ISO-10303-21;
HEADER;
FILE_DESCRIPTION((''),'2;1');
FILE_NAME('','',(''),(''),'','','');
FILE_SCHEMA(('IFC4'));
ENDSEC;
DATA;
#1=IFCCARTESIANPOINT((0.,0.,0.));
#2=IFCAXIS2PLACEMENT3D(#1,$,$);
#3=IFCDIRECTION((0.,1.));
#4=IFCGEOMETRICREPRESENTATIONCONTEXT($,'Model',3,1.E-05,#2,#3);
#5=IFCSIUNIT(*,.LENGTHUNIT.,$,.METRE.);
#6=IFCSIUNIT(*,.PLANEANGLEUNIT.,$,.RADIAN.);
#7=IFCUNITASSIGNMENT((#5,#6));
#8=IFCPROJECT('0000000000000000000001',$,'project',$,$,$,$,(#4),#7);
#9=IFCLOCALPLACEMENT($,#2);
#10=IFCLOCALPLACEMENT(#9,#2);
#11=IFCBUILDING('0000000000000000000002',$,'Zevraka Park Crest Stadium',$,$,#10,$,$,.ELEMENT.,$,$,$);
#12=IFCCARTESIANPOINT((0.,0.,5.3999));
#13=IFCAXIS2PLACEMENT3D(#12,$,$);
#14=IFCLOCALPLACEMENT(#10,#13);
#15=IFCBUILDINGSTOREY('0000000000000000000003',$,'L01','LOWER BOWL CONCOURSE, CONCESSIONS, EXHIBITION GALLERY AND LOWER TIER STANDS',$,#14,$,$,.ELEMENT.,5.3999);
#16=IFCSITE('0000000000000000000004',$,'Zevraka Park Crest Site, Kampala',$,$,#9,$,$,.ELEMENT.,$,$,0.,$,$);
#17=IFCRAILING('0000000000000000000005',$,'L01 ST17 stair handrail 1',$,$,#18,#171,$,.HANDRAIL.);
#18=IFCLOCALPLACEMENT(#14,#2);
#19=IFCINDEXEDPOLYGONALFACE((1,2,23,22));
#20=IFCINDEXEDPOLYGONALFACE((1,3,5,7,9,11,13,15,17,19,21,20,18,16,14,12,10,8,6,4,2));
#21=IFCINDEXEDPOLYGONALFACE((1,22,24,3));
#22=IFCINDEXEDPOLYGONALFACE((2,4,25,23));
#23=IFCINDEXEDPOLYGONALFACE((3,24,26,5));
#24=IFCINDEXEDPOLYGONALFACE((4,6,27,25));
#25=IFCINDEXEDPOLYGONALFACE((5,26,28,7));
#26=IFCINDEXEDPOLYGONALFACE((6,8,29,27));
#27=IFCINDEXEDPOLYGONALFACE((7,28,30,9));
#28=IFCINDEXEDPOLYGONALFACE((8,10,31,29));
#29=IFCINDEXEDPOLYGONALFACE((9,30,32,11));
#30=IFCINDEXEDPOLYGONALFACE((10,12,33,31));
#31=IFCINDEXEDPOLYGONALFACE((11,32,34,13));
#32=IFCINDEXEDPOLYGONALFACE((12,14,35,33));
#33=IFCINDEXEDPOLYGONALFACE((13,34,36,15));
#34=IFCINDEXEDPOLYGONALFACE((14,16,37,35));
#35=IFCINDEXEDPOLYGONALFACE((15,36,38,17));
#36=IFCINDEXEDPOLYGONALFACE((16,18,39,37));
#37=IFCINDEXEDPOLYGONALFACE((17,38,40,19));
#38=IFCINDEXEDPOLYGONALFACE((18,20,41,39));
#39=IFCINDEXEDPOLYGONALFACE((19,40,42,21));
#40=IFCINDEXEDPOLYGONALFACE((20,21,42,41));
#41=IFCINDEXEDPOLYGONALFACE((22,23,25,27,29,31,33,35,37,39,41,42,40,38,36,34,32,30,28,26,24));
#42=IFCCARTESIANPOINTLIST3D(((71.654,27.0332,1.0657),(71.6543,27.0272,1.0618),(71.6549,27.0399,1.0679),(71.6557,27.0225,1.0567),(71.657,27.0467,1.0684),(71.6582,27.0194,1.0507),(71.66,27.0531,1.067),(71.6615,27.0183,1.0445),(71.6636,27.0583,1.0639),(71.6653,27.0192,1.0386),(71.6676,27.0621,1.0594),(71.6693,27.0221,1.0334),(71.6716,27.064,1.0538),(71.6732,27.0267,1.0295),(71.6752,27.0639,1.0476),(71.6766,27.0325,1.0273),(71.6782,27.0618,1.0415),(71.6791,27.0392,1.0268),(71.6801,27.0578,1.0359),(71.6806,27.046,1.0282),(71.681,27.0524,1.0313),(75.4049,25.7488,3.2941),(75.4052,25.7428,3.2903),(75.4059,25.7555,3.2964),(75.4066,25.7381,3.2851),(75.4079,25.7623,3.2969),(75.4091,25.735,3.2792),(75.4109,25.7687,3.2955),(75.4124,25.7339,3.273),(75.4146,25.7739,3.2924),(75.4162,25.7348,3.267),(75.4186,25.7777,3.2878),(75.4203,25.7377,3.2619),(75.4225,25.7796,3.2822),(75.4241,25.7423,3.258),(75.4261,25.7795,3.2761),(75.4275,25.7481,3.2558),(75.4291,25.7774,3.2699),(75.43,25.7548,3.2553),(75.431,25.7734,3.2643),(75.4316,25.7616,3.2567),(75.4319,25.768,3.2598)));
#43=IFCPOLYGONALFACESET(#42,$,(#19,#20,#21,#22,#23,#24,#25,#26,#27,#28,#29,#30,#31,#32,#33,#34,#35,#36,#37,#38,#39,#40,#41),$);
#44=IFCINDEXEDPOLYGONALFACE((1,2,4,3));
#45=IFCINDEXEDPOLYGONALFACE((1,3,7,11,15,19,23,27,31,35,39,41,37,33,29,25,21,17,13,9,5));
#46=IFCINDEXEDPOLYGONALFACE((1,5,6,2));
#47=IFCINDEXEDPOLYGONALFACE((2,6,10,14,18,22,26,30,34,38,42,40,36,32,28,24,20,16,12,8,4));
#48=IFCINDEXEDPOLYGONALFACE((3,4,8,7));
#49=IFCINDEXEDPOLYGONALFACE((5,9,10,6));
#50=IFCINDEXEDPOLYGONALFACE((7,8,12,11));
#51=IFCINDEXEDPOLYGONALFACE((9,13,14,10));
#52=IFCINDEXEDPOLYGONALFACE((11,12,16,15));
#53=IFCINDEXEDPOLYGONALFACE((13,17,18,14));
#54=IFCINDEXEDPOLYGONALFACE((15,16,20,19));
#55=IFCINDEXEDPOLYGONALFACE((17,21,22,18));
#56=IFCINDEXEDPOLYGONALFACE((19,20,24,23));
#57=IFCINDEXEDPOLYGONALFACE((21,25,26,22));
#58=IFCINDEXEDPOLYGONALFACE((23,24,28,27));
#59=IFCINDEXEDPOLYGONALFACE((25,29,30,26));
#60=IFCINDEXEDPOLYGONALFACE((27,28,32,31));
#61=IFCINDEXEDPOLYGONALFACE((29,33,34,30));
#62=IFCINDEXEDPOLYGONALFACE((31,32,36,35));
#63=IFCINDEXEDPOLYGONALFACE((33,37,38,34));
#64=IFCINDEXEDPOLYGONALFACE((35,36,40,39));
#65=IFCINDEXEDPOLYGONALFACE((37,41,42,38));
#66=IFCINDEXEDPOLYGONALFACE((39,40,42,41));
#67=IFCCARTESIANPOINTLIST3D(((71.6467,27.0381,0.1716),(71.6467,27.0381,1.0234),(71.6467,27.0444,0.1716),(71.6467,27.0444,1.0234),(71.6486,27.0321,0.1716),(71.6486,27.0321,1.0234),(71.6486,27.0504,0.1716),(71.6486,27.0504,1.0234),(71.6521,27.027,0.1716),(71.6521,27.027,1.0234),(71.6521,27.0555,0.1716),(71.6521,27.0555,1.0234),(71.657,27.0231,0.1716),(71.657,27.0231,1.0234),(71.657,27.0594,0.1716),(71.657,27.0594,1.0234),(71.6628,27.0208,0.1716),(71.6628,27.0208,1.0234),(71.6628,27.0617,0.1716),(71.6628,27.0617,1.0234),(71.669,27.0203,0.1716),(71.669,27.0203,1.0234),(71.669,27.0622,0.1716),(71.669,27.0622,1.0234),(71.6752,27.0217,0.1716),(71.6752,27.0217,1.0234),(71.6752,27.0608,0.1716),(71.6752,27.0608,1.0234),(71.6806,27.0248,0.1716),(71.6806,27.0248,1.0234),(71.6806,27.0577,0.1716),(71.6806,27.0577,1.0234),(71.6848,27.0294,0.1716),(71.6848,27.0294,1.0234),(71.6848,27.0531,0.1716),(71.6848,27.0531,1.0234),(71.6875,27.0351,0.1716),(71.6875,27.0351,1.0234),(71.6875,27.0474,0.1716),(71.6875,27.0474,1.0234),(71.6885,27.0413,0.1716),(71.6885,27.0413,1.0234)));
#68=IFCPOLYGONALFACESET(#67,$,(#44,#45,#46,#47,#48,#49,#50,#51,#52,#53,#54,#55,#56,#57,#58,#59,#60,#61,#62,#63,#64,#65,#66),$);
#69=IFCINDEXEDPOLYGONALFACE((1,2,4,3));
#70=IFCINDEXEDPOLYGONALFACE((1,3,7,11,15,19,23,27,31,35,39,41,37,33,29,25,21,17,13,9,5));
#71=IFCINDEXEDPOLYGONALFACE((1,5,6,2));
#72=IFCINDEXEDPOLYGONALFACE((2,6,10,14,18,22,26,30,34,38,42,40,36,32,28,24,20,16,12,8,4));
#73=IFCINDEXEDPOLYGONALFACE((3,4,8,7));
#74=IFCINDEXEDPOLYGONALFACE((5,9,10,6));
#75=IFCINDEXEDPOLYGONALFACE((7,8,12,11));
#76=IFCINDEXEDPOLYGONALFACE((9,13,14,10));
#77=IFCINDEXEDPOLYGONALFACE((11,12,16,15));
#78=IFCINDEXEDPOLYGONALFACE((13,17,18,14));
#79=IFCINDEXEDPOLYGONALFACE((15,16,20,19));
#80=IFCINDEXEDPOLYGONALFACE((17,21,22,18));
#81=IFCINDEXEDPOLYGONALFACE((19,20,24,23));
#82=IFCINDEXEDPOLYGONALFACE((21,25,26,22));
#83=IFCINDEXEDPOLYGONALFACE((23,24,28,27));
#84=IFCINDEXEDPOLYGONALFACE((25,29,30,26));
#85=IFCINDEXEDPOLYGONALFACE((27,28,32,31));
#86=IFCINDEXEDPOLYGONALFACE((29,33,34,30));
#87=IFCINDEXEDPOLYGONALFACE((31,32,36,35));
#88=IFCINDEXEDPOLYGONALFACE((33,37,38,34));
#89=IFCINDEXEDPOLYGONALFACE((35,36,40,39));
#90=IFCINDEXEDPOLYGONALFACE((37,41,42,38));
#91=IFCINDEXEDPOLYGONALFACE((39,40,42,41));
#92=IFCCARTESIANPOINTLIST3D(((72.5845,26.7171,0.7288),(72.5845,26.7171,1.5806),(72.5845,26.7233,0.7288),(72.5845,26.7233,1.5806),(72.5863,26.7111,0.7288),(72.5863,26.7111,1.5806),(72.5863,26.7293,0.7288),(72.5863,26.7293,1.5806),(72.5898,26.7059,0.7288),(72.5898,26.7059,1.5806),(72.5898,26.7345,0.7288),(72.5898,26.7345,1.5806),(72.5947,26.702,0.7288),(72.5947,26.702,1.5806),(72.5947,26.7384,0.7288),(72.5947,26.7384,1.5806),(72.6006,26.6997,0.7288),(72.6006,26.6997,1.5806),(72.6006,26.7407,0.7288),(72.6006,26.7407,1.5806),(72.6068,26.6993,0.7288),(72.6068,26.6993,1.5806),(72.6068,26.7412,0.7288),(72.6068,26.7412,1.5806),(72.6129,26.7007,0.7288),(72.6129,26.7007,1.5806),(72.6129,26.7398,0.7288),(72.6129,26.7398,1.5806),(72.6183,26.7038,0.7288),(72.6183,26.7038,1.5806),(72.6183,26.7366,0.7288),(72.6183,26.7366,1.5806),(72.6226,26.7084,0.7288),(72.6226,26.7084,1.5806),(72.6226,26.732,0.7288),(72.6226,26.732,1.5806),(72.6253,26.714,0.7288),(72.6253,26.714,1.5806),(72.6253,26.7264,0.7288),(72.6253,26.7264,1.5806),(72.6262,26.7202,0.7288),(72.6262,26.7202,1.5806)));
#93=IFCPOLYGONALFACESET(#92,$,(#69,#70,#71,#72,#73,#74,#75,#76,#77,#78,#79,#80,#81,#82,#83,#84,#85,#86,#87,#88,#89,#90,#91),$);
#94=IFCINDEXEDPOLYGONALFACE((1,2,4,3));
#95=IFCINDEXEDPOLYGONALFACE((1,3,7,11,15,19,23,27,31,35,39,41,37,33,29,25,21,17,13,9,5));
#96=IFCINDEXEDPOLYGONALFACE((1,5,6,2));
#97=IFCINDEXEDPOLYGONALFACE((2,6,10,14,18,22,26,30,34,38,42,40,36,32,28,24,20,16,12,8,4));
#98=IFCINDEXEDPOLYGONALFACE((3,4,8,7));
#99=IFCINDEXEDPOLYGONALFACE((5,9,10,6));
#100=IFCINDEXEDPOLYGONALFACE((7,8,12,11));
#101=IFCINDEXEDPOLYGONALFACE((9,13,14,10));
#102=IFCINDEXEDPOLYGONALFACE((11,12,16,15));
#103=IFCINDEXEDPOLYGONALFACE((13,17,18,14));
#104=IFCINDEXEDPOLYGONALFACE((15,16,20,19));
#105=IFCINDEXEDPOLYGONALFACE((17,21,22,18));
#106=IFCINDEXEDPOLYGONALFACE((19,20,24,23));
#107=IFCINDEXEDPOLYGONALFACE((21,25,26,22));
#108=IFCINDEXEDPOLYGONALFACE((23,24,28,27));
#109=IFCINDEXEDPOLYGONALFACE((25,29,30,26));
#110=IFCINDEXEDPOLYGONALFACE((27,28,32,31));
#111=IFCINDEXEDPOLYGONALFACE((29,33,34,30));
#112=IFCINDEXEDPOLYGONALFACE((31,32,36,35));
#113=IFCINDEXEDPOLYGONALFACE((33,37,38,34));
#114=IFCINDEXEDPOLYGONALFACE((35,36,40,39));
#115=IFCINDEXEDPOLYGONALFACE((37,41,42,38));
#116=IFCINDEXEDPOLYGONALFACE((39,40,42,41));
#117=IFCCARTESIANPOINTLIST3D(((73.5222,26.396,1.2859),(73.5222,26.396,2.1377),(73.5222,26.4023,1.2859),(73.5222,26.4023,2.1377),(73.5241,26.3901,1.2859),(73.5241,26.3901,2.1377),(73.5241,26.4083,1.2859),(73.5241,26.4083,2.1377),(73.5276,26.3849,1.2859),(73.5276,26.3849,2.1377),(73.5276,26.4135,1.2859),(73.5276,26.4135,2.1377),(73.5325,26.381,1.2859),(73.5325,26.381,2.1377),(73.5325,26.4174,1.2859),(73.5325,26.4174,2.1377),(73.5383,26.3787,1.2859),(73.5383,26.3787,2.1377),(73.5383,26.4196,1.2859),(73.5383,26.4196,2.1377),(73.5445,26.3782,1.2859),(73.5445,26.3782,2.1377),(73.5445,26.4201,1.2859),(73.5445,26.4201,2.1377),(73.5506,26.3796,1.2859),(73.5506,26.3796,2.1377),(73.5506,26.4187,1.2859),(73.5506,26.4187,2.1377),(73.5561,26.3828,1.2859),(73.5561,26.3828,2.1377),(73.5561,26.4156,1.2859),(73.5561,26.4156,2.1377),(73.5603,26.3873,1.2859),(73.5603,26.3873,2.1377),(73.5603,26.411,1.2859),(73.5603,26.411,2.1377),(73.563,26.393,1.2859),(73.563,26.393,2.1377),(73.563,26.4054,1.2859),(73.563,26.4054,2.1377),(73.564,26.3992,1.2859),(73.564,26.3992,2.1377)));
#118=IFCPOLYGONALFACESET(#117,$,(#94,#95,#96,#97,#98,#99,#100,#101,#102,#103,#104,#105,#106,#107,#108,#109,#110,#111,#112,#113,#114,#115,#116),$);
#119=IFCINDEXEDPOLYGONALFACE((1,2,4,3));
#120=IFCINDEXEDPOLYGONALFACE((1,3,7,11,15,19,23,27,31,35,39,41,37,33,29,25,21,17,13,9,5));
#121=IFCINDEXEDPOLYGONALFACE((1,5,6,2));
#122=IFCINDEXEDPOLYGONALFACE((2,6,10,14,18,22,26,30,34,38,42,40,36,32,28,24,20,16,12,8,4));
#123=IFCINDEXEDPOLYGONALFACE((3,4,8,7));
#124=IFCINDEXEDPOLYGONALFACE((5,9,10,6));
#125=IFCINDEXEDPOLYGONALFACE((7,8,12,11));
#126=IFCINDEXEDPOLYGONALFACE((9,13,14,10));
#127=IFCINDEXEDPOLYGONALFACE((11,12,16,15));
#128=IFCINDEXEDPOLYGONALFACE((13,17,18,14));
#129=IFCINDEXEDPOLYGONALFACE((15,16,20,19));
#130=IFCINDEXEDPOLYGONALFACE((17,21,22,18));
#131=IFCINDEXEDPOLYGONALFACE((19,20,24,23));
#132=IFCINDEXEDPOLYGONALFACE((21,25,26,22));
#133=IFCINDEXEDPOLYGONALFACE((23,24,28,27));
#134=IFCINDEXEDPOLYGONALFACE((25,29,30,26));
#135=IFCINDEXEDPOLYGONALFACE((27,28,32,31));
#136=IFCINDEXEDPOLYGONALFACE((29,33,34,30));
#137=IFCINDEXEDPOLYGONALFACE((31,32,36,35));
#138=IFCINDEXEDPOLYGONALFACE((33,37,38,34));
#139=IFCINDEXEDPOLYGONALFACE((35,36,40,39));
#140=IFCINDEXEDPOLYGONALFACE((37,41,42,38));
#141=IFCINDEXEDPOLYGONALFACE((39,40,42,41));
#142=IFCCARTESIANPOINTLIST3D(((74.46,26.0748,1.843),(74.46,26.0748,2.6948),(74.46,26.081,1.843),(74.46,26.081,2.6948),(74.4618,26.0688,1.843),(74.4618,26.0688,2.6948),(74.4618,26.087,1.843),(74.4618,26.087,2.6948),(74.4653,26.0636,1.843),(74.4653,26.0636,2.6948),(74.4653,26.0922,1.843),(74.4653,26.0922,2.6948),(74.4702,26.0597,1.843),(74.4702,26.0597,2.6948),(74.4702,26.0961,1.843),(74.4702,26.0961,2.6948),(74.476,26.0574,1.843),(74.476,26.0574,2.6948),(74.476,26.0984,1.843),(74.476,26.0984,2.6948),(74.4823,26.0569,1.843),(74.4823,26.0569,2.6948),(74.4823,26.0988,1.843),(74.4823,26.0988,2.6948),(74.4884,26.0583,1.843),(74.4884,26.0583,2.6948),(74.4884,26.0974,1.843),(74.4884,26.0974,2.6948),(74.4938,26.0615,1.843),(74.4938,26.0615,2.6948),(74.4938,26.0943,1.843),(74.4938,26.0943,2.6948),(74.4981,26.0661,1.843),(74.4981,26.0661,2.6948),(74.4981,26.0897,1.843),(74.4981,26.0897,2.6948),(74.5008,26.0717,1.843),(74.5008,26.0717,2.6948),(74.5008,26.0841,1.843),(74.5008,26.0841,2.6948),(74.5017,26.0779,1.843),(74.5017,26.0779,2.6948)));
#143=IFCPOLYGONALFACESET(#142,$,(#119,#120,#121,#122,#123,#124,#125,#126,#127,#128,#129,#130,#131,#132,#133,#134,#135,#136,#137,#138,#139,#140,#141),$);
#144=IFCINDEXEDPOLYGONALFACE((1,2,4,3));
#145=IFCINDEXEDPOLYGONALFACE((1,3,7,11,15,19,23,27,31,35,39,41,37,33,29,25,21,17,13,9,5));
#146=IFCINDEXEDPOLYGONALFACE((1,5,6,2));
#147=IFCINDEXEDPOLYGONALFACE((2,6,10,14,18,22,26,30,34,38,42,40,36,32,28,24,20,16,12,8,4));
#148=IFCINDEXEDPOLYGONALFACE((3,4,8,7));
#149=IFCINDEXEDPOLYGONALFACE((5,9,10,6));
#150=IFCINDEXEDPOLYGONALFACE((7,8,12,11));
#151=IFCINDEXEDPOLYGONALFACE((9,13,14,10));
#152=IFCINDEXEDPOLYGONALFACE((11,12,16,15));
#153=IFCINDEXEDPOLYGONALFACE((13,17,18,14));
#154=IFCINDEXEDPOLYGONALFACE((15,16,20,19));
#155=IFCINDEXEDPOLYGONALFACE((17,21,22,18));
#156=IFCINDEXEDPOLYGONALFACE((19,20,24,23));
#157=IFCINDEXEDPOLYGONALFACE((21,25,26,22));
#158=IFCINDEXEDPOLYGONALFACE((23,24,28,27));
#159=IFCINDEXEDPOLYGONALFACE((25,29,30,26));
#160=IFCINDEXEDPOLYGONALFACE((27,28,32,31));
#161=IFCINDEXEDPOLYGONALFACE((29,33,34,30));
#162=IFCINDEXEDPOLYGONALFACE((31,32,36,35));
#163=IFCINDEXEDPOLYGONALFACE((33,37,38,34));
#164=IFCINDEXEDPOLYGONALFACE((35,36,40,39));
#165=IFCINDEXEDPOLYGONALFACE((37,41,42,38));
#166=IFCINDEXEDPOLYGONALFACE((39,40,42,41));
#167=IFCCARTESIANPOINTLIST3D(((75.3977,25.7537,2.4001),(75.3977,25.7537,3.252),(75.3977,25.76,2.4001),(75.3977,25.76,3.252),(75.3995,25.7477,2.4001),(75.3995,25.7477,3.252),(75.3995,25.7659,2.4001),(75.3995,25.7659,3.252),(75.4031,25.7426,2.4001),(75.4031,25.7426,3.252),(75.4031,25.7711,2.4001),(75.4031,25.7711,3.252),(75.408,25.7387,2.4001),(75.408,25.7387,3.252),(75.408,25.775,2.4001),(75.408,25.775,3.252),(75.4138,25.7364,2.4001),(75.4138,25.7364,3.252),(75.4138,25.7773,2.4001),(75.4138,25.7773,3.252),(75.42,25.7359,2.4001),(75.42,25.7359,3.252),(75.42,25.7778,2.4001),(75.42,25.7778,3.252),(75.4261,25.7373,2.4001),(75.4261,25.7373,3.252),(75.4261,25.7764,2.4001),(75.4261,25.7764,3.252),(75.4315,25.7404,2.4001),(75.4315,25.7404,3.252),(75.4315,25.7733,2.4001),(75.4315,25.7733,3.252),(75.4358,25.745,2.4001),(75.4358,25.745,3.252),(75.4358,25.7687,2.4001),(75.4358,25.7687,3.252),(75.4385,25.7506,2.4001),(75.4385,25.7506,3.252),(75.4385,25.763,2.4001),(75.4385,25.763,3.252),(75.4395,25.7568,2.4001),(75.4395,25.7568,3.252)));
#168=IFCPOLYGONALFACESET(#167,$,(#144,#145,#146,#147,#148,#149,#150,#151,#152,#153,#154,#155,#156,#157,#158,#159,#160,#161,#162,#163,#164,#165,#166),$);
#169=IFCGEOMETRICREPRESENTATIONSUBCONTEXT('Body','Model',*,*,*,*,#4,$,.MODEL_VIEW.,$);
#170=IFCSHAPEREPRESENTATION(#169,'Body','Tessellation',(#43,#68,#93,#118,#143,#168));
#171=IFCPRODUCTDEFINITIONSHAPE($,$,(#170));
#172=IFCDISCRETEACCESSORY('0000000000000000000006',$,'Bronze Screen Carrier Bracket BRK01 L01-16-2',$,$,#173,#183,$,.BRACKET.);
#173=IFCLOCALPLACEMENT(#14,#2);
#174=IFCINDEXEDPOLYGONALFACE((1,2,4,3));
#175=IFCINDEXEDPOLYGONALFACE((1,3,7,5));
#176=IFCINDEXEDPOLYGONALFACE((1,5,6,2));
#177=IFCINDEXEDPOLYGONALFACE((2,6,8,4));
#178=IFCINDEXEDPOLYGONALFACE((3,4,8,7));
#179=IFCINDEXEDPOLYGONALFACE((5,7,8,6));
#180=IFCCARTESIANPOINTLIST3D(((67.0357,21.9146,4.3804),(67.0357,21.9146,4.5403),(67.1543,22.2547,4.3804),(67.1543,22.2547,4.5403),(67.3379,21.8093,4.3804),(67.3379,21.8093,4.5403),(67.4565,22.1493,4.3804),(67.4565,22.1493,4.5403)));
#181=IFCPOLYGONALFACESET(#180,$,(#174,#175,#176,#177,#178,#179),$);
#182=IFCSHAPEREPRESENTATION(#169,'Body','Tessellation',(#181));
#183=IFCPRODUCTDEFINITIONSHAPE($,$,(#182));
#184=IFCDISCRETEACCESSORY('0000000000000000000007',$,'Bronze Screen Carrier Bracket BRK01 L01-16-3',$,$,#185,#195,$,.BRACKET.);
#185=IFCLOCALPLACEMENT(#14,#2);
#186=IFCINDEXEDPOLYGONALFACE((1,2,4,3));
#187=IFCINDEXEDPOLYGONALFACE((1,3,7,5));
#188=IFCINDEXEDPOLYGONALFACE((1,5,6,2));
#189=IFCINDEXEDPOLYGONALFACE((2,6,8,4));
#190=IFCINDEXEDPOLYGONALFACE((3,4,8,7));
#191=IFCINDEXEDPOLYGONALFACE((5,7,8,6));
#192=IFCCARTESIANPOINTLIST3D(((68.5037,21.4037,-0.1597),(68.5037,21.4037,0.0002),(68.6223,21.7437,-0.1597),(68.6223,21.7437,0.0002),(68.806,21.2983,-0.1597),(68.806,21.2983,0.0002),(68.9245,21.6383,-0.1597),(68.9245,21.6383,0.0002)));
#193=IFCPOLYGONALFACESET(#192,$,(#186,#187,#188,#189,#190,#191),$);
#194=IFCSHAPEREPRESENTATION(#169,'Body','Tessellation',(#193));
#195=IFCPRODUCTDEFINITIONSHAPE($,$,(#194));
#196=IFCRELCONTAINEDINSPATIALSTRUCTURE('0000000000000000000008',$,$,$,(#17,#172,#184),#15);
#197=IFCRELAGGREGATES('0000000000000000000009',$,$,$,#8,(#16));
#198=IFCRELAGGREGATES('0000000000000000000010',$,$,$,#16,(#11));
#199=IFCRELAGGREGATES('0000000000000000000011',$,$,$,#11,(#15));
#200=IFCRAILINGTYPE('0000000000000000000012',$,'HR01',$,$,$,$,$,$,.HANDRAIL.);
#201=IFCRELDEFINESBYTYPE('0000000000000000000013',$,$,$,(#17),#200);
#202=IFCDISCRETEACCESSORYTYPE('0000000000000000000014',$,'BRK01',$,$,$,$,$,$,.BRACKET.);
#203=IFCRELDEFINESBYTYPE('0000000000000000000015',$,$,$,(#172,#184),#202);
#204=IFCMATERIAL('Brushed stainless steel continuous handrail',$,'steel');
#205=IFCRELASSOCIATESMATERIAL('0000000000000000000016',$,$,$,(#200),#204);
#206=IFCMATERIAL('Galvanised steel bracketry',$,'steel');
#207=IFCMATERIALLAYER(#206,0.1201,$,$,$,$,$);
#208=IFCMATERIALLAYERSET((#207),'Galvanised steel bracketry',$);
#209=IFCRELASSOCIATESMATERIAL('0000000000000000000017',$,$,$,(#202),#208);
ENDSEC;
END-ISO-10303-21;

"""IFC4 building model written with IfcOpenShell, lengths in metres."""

from ifc_helpers import new_model, si_unit, direction, frame, origin, origin_2d, place, context, subcontext, project, spatial, rectangle, circle, extrude, material, layer, layer_set, type_object, element, save


model = new_model("IFC4")

# Units and contexts
model_context = context("Model", 3, precision=1e-05, world=origin(), true_north=direction((0.0, 1.0)))
body_context = subcontext(model_context, "Body", "Model", "MODEL_VIEW")
ifc_project = project(units=[si_unit("LENGTHUNIT", "METRE"), si_unit("PLANEANGLEUNIT", "RADIAN")], contexts=[model_context])

# Site, building, storey
site_placement = place(None, origin())
site = spatial("IfcSite", under=ifc_project, at=site_placement, Name="Zevraka Park Crest Site, Kampala", CompositionType="ELEMENT", RefElevation=0.0)
building_placement = place(site_placement, origin())
building = spatial("IfcBuilding", under=site, at=building_placement, Name="Zevraka Park Crest Stadium", CompositionType="ELEMENT")
storey_placement = place(building_placement, frame((0.0, 0.0, 5.3999)))
storey = spatial("IfcBuildingStorey", under=building, at=storey_placement, Name="L01", Description="LOWER BOWL CONCOURSE, CONCESSIONS, EXHIBITION GALLERY AND LOWER TIER STANDS", CompositionType="ELEMENT", Elevation=5.3999)

# Railing
ifc_material_1 = material(Name="Brushed stainless steel continuous handrail", Category="steel")
railing_type_1 = type_object("IfcRailingType", Name="HR01", PredefinedType="HANDRAIL", material=ifc_material_1)
railing_1_placement = place(storey_placement, frame((71.6675, 27.0413, 0.1716)))
element("IfcRailing", 1, at=railing_1_placement, inside=storey, type_object=railing_type_1, Name="L01 ST17 stair handrail 1", PredefinedType="HANDRAIL", context=body_context, shape_type="SweptSolid", body=[
    extrude(circle(Radius=0.0239, at=origin_2d()), frame((0.0, 0.0, 0.876), z_axis=(0.824722, -0.282405, 0.489981), x_axis=(0.323957, 0.946072, 0.0)), (0.0, 0.0, 1.0), 4.5481),
    extrude(circle(Radius=0.021, at=origin_2d()), origin(), (0.0, 0.0, 1.0), 0.8518),
    extrude(circle(Radius=0.021, at=origin_2d()), frame((0.9377, -0.321, 0.5571)), (0.0, 0.0, 1.0), 0.8518),
    extrude(circle(Radius=0.021, at=origin_2d()), frame((1.8755, -0.6421, 1.1143)), (0.0, 0.0, 1.0), 0.8518),
    extrude(circle(Radius=0.021, at=origin_2d()), frame((2.8132, -0.9634, 1.6714)), (0.0, 0.0, 1.0), 0.8518),
    extrude(circle(Radius=0.021, at=origin_2d()), frame((3.751, -1.2844, 2.2285)), (0.0, 0.0, 1.0), 0.8518),
])

# Discrete accessories
ifc_material_2 = material(Name="Galvanised steel bracketry", Category="steel")
ifc_layer_1 = layer(ifc_material_2, 0.1201)
ifc_layer_set_1 = layer_set([ifc_layer_1], Name="Galvanised steel bracketry")
discrete_accessory_type = type_object("IfcDiscreteAccessoryType", Name="BRK01", PredefinedType="BRACKET", material=ifc_layer_set_1)
for number, where, z_axis, x_axis, name in (
    (2, (67.2461, 22.032, 4.3804), (0.0, 0.0, 1.0), (0.944262, -0.329196, 0.0), "Bronze Screen Carrier Bracket BRK01 L01-16-2"),
    (3, (68.7141, 21.521, -0.1597), (0.0, 0.0, 1.0), (0.944262, -0.329196, 0.0), "Bronze Screen Carrier Bracket BRK01 L01-16-3"),
):
    element("IfcDiscreteAccessory", number, at=place(storey_placement, frame(where, z_axis=z_axis, x_axis=x_axis)), inside=storey, type_object=discrete_accessory_type, Name=name, PredefinedType="BRACKET", context=body_context, shape_type="SweptSolid", body=[
        extrude(rectangle(XDim=0.3201, YDim=0.3601, at=origin_2d()), origin(), (0.0, 0.0, 1.0), 0.1599),
    ])

save(model, "model.ifc")
